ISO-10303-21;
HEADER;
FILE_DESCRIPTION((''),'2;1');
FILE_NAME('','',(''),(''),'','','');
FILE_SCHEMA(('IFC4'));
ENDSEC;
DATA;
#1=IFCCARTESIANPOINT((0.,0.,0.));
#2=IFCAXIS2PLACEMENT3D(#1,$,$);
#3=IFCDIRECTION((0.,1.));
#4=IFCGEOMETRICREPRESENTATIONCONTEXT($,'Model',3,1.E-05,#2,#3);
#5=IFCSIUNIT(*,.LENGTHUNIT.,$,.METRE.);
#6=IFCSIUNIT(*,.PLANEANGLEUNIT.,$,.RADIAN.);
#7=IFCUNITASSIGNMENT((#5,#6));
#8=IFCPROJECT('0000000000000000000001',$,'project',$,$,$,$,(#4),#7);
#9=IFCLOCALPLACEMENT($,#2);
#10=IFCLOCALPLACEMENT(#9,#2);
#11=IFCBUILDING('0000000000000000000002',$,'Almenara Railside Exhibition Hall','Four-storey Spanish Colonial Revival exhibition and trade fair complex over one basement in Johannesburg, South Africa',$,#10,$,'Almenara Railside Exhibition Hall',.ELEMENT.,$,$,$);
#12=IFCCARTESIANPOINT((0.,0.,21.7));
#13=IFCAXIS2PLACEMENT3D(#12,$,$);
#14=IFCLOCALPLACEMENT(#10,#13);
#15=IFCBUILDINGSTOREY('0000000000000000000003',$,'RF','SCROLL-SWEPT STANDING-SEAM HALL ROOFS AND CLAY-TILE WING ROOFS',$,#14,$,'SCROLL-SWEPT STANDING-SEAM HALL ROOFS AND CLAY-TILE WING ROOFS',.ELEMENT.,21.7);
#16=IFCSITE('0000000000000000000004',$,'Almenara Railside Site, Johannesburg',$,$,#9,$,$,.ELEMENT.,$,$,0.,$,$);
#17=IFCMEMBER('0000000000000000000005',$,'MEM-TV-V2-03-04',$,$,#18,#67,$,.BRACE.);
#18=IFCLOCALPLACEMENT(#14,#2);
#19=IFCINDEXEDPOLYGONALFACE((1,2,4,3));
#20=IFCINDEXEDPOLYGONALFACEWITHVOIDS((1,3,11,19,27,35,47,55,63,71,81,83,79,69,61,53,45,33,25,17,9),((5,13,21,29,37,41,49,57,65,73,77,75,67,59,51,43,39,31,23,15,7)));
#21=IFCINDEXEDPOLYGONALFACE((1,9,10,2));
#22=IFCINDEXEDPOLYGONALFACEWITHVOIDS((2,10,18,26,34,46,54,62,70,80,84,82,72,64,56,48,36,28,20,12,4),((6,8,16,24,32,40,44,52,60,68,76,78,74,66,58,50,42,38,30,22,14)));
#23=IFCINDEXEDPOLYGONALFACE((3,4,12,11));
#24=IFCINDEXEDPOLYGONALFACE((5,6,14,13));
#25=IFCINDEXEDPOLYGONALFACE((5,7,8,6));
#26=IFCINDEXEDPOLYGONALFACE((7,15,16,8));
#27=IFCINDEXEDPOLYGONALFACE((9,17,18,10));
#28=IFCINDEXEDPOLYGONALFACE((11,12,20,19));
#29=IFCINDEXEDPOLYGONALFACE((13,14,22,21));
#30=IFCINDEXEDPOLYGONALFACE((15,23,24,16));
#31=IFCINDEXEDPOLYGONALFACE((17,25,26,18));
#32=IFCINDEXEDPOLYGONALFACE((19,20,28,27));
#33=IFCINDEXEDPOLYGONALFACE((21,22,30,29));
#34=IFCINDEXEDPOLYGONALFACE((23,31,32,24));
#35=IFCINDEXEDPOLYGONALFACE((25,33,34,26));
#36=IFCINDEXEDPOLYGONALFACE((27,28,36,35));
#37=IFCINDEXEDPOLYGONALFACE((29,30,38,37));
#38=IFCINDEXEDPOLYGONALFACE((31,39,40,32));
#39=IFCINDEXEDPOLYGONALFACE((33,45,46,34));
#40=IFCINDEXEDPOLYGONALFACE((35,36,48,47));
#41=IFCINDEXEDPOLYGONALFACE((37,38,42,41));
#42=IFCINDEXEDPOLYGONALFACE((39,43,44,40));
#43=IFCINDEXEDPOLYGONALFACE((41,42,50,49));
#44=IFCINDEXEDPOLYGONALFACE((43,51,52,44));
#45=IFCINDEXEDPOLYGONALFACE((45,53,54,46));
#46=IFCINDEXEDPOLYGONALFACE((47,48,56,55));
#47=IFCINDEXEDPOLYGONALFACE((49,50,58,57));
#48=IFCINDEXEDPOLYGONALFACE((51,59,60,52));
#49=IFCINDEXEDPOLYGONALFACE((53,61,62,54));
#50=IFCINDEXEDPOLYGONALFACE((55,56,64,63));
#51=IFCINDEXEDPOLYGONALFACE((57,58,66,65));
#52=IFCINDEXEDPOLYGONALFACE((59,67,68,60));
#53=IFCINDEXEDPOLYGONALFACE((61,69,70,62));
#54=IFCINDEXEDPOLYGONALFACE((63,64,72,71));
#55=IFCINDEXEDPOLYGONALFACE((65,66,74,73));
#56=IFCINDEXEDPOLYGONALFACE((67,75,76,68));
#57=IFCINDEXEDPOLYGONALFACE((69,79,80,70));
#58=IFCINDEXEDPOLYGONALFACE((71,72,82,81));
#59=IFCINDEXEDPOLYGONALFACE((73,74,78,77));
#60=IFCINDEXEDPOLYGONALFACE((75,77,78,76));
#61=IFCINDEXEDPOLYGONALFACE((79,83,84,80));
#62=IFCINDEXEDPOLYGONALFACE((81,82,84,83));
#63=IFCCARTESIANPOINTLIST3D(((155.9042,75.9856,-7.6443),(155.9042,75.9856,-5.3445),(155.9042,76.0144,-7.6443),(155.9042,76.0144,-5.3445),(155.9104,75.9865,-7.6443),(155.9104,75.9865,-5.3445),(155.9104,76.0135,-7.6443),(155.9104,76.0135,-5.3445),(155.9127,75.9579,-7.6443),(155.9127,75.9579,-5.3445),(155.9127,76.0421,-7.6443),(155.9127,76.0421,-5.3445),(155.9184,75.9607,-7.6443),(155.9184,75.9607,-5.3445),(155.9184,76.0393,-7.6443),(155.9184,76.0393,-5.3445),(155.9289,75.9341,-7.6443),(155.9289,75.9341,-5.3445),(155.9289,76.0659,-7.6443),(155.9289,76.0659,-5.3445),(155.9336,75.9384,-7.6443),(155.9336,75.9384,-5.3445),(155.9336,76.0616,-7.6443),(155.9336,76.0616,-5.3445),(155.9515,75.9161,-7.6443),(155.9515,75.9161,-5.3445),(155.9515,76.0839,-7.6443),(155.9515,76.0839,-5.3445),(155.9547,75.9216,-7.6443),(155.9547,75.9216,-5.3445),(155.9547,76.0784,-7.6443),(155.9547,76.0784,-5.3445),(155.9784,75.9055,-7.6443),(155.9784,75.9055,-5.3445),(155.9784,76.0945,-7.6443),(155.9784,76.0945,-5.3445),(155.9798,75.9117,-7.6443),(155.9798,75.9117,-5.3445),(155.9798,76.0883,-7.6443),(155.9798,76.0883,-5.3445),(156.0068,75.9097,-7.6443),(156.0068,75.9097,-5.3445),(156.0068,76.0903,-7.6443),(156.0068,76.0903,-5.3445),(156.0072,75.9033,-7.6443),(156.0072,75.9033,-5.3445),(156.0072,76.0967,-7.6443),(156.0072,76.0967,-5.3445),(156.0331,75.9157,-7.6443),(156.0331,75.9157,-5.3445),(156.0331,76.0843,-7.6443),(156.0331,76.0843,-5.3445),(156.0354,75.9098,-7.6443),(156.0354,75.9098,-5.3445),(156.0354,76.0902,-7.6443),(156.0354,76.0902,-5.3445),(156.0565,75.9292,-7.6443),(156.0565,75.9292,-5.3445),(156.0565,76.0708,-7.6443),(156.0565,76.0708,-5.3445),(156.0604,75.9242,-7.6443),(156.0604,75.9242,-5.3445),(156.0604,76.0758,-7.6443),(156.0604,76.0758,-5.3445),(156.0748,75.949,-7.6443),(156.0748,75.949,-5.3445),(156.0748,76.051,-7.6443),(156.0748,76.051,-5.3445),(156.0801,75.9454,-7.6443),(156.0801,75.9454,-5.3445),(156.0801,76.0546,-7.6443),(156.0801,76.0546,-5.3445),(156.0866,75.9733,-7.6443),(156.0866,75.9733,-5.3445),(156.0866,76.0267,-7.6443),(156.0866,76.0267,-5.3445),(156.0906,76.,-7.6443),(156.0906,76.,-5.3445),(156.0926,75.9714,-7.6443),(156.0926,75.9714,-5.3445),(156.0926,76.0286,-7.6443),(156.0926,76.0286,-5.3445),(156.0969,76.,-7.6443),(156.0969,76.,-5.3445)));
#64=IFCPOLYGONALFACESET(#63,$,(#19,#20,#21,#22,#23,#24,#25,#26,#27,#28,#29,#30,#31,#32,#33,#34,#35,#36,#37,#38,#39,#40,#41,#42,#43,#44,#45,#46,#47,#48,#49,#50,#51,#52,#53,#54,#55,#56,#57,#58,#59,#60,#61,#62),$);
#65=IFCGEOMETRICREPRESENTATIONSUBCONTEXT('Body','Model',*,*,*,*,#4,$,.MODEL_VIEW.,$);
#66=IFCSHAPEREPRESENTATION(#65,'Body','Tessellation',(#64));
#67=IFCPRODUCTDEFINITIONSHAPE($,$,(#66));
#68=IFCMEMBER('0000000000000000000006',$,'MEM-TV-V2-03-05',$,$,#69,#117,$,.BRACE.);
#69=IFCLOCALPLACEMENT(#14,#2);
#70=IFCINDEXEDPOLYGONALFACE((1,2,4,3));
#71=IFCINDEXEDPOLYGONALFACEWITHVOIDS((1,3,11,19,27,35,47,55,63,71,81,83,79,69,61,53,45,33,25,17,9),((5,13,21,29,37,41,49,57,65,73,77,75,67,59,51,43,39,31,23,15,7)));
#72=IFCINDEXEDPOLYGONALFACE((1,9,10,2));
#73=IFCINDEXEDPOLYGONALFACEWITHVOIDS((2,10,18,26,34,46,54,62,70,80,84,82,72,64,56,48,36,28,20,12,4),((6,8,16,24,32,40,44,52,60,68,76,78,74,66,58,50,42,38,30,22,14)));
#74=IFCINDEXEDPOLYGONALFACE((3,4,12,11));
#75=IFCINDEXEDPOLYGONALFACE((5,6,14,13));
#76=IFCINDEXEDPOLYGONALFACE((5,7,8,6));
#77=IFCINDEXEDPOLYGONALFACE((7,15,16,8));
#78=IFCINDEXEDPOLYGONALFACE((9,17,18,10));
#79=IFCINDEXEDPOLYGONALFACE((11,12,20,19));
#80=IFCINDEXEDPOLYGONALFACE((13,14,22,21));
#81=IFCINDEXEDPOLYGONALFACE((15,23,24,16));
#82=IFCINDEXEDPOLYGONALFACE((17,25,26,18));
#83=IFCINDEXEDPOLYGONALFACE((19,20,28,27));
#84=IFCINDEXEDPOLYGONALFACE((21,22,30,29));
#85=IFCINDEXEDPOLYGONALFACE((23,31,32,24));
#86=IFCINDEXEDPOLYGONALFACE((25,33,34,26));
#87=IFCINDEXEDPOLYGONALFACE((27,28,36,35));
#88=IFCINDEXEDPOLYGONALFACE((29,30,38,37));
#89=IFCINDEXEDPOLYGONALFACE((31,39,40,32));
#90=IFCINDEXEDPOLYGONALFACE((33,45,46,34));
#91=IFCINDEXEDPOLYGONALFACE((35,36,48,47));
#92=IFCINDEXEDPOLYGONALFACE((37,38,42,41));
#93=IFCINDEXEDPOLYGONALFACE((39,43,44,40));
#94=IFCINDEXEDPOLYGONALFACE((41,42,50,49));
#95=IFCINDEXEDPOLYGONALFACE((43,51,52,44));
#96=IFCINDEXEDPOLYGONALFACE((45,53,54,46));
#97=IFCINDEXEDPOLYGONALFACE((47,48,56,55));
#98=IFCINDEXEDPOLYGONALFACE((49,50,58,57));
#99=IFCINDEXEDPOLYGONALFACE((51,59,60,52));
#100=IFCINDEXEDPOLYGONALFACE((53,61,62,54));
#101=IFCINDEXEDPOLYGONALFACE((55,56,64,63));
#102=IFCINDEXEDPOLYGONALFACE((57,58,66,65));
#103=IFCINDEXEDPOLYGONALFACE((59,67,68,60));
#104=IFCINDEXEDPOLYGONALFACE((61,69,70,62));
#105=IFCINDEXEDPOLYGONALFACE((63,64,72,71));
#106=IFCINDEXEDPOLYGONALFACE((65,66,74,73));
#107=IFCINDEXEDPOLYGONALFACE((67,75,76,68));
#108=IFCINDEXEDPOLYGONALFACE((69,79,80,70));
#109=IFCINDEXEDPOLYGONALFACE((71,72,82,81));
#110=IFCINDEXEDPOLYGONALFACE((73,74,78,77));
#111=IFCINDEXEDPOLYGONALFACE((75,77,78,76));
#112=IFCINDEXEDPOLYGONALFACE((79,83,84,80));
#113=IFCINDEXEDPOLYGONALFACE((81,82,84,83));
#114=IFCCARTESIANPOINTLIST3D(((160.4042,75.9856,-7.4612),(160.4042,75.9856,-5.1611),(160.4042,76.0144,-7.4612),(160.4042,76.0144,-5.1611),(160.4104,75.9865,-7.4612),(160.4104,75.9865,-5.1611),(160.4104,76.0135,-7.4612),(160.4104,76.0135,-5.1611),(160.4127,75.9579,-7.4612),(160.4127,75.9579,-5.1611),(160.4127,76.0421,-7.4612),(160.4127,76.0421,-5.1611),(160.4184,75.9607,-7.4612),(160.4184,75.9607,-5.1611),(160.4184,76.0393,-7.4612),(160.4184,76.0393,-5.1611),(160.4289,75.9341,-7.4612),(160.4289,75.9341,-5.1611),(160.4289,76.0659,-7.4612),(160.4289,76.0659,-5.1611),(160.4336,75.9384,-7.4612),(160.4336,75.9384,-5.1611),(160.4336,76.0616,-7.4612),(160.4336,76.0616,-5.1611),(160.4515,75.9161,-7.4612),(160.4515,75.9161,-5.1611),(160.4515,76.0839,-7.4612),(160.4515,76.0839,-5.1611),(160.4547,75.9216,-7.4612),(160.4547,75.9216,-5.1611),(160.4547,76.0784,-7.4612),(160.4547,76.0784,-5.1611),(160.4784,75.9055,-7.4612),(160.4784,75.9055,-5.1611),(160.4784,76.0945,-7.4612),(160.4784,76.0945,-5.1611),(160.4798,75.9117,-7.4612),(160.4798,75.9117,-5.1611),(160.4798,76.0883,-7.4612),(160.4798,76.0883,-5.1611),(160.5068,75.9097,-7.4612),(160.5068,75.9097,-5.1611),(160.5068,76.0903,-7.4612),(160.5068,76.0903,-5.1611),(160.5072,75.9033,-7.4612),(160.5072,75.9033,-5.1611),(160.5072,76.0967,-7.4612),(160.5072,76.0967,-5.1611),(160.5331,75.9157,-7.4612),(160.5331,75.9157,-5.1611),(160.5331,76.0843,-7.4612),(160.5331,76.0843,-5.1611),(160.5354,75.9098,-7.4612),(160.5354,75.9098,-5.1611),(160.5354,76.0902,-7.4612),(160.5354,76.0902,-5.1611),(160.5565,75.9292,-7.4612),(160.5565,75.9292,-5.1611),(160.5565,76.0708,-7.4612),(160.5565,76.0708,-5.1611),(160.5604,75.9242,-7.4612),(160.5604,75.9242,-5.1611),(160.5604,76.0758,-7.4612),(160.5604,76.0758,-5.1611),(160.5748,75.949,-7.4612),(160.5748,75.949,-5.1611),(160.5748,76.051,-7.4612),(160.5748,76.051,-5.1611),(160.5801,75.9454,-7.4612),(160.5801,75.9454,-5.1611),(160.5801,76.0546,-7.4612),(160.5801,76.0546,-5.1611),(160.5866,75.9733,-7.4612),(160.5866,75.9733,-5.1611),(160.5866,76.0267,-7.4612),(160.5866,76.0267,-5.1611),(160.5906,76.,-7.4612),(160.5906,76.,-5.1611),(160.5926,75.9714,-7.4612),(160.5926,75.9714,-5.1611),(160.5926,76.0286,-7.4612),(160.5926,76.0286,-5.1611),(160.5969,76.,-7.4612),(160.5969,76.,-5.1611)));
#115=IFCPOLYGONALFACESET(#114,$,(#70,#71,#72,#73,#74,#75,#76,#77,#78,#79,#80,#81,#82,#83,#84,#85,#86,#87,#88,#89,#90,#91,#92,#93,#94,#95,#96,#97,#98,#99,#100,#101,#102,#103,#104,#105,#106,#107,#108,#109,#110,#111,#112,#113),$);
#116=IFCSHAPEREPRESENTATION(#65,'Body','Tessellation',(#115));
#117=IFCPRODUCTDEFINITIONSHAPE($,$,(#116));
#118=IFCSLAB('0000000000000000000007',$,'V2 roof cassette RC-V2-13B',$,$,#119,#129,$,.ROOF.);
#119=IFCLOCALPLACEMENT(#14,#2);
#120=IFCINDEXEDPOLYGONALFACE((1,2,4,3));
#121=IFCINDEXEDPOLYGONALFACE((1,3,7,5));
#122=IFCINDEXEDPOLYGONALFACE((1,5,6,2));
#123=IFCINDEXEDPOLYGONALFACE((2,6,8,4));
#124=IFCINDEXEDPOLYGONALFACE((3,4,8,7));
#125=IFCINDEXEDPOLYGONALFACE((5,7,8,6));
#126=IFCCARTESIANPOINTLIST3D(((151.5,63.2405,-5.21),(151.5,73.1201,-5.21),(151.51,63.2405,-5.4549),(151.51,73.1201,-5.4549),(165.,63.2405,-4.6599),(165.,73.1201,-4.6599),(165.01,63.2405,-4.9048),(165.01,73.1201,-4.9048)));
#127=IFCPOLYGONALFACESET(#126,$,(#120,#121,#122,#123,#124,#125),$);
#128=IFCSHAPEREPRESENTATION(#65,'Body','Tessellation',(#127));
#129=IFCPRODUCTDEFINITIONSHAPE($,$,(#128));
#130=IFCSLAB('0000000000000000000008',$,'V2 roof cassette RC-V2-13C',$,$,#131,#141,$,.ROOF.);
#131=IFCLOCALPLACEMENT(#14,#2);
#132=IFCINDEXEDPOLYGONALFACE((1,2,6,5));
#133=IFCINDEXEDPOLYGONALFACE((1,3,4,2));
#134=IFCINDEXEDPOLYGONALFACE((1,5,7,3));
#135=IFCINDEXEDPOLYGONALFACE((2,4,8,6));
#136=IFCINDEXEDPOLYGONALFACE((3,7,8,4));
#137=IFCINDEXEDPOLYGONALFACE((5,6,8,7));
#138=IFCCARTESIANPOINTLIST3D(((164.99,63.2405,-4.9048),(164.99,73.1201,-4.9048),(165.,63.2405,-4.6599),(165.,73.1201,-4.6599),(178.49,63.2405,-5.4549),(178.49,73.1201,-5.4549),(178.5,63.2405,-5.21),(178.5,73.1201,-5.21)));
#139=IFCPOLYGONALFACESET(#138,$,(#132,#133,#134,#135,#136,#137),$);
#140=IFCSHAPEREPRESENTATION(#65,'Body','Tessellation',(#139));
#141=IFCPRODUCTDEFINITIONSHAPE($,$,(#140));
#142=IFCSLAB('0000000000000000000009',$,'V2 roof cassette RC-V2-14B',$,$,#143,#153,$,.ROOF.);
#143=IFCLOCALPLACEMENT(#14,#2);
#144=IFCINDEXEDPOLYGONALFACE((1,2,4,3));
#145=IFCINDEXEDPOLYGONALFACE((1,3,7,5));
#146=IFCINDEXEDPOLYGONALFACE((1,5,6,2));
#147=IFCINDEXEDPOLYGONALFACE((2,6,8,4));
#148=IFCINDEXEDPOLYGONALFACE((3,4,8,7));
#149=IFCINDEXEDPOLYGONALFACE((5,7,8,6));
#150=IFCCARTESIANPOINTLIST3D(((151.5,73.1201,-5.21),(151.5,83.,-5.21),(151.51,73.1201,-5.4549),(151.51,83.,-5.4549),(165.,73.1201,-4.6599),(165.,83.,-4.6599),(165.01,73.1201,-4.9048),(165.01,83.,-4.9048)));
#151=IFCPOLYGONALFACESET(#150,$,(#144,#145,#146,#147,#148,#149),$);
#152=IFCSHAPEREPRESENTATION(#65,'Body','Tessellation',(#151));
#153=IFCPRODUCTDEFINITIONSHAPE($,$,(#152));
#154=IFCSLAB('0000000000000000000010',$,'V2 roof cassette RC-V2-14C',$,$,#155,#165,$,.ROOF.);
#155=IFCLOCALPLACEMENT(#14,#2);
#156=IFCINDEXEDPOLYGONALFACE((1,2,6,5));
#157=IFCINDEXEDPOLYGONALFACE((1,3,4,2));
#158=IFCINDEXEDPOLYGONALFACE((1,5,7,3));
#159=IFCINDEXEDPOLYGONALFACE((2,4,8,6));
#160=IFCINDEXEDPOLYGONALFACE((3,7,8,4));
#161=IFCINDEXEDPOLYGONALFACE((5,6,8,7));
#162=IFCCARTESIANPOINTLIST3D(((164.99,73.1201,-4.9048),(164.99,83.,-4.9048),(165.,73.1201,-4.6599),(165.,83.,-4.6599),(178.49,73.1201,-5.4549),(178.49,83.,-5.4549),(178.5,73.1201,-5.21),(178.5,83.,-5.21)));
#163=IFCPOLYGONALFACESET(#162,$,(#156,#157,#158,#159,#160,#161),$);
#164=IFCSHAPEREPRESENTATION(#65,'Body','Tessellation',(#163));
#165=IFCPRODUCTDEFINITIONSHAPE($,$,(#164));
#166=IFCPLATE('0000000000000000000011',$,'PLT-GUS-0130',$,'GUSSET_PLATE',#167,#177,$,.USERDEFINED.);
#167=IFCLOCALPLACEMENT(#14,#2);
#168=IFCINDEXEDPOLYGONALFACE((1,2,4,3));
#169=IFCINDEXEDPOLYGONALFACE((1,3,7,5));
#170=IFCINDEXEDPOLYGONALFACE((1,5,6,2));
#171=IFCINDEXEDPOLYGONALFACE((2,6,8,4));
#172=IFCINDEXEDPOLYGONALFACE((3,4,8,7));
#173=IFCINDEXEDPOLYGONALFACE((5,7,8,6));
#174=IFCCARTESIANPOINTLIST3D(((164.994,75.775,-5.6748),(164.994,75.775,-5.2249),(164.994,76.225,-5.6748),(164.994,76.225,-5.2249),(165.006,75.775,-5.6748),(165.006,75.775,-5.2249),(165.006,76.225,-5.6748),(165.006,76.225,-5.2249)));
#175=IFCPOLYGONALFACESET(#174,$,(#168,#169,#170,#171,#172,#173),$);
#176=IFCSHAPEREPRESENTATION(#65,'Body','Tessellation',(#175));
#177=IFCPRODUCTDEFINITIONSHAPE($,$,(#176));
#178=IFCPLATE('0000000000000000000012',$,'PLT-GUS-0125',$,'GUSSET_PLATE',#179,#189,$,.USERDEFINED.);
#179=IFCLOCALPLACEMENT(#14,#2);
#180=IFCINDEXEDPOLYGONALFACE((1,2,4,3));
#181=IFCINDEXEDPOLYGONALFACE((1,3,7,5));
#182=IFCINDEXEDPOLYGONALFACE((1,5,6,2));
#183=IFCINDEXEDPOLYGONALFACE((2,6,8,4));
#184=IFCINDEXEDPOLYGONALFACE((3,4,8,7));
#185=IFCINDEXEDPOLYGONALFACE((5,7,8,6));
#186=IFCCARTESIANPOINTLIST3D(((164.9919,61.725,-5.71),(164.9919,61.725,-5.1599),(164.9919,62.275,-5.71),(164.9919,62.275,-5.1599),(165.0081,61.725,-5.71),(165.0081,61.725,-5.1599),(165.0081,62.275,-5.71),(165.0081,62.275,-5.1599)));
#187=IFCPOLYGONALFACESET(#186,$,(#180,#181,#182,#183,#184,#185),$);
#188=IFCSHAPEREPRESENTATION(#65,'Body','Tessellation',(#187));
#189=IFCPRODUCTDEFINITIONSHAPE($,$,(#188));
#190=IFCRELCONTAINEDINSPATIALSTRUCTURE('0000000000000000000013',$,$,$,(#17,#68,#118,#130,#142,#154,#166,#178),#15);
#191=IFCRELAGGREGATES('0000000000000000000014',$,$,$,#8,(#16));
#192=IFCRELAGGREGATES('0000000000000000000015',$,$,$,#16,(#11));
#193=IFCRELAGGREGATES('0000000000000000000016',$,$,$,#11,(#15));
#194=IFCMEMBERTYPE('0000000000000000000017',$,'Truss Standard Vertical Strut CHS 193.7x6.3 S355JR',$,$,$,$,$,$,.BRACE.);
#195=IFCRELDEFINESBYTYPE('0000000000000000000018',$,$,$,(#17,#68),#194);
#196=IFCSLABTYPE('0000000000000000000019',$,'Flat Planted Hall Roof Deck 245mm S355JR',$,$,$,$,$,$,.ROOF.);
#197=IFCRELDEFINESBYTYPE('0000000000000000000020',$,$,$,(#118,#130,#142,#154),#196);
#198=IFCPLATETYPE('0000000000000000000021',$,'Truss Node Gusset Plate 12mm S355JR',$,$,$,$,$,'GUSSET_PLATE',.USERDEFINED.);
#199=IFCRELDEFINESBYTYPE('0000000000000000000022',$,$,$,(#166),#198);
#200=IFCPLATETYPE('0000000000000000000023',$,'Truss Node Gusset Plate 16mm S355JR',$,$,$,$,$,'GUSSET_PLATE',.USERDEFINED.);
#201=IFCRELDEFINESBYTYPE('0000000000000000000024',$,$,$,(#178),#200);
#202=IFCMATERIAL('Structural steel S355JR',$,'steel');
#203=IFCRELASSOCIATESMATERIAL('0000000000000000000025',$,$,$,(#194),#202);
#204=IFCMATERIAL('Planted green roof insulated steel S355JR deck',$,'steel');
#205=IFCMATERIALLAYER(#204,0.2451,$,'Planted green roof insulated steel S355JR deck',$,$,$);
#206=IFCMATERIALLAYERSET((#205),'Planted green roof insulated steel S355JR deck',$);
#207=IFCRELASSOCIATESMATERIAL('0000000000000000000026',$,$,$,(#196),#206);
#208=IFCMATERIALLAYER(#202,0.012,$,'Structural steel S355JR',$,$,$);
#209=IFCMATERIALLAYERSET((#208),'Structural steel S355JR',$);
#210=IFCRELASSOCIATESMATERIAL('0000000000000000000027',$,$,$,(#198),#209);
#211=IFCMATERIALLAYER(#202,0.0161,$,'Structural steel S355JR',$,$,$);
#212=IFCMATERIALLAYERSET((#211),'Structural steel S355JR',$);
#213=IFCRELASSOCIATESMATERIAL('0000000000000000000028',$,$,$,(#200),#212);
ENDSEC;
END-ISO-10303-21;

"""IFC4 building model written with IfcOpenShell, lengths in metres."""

from ifc_helpers import new_model, si_unit, direction, frame, origin, origin_2d, place, context, subcontext, project, spatial, polyline, rectangle, hollow_circle, outline, extrude, material, layer, layer_set, material_profile, profile_set, type_object, element, save


model = new_model("IFC4")

# Units and contexts
model_context = context("Model", 3, precision=1e-05, world=origin(), true_north=direction((0.0, 1.0)))
body_context = subcontext(model_context, "Body", "Model", "MODEL_VIEW")
ifc_project = project(units=[si_unit("LENGTHUNIT", "METRE"), si_unit("PLANEANGLEUNIT", "RADIAN")], contexts=[model_context])

# Site, building, storey
site_placement = place(None, origin())
site = spatial("IfcSite", under=ifc_project, at=site_placement, Name="Almenara Railside Site, Johannesburg", CompositionType="ELEMENT", RefElevation=0.0)
building_placement = place(site_placement, origin())
building = spatial("IfcBuilding", under=site, at=building_placement, Name="Almenara Railside Exhibition Hall", Description="Four-storey Spanish Colonial Revival exhibition and trade fair complex over one basement in Johannesburg, South Africa", LongName="Almenara Railside Exhibition Hall", CompositionType="ELEMENT")
storey_placement = place(building_placement, frame((0.0, 0.0, 21.7)))
storey = spatial("IfcBuildingStorey", under=building, at=storey_placement, Name="RF", Description="SCROLL-SWEPT STANDING-SEAM HALL ROOFS AND CLAY-TILE WING ROOFS", LongName="SCROLL-SWEPT STANDING-SEAM HALL ROOFS AND CLAY-TILE WING ROOFS", CompositionType="ELEMENT", Elevation=21.7)

# Members
ifc_material_1 = material(Name="Structural steel S355JR", Category="steel")
ifc_material_profile_1 = material_profile(ifc_material_1, hollow_circle(Radius=0.0969, WallThickness=0.0063, at=origin_2d()), Name="CHS 193.7x6.3")
ifc_profile_set_1 = profile_set([ifc_material_profile_1], Name="Structural steel S355JR")
member_type_1 = type_object("IfcMemberType", Name="Truss Standard Vertical Strut CHS 193.7x6.3 S355JR", PredefinedType="BRACE", material=ifc_profile_set_1)
member_1_placement = place(storey_placement, frame((156.0, 76.0, -7.6443), z_axis=(0.0, 0.0, 1.0), x_axis=(1.0, 0.0, 0.0)))
element("IfcMember", 1, at=member_1_placement, inside=storey, type_object=member_type_1, Name="MEM-TV-V2-03-04", PredefinedType="BRACE", context=body_context, shape_type="SweptSolid", body=[
    extrude(hollow_circle(Radius=0.0969, WallThickness=0.0063, at=origin_2d()), origin(), (0.0, 0.0, 1.0), 2.2998),
])
member_2_placement = place(storey_placement, frame((160.5, 76.0, -7.4612), z_axis=(0.0, 0.0, 1.0), x_axis=(1.0, 0.0, 0.0)))
element("IfcMember", 2, at=member_2_placement, inside=storey, type_object=member_type_1, Name="MEM-TV-V2-03-05", PredefinedType="BRACE", context=body_context, shape_type="SweptSolid", body=[
    extrude(hollow_circle(Radius=0.0969, WallThickness=0.0063, at=origin_2d()), origin(), (0.0, 0.0, 1.0), 2.3),
])

# Slabs
ifc_material_2 = material(Name="Planted green roof insulated steel S355JR deck", Category="steel")
ifc_layer_1 = layer(ifc_material_2, 0.2451, Name="Planted green roof insulated steel S355JR deck")
ifc_layer_set_1 = layer_set([ifc_layer_1], Name="Planted green roof insulated steel S355JR deck")
slab_type = type_object("IfcSlabType", Name="Flat Planted Hall Roof Deck 245mm S355JR", PredefinedType="ROOF", material=ifc_layer_set_1)
for number, where, z_axis, x_axis, name in (
    (3, (151.5, 63.2405, -5.21), (-0.040711, 0.0, 0.999171), (0.999171, 0.0, 0.040711), "V2 roof cassette RC-V2-13B"),
    (4, (165.0, 63.2405, -4.6599), (0.040711, 0.0, 0.999171), (0.999171, 0.0, -0.040711), "V2 roof cassette RC-V2-13C"),
):
    element("IfcSlab", number, at=place(storey_placement, frame(where, z_axis=z_axis, x_axis=x_axis)), inside=storey, type_object=slab_type, Name=name, PredefinedType="ROOF", context=body_context, shape_type="SweptSolid", body=[
        extrude(outline(polyline([(0.0, 0.0), (13.5112, 0.0), (13.5112, 9.8796), (0.0, 9.8796), (0.0, 0.0)])), origin(), (0.0, 0.0, -1.0), 0.2451),
    ])
for number, where, z_axis, x_axis, name in (
    (5, (151.5, 73.1201, -5.21), (-0.040711, 0.0, 0.999171), (0.999171, 0.0, 0.040711), "V2 roof cassette RC-V2-14B"),
    (6, (165.0, 73.1201, -4.6599), (0.040711, 0.0, 0.999171), (0.999171, 0.0, -0.040711), "V2 roof cassette RC-V2-14C"),
):
    element("IfcSlab", number, at=place(storey_placement, frame(where, z_axis=z_axis, x_axis=x_axis)), inside=storey, type_object=slab_type, Name=name, PredefinedType="ROOF", context=body_context, shape_type="SweptSolid", body=[
        extrude(outline(polyline([(0.0, 0.0), (13.5112, 0.0), (13.5112, 9.8799), (0.0, 9.8799), (0.0, 0.0)])), origin(), (0.0, 0.0, -1.0), 0.2451),
    ])

# Plates
ifc_layer_2 = layer(ifc_material_1, 0.012, Name="Structural steel S355JR")
ifc_layer_set_2 = layer_set([ifc_layer_2], Name="Structural steel S355JR")
plate_type_1 = type_object("IfcPlateType", Name="Truss Node Gusset Plate 12mm S355JR", ElementType="GUSSET_PLATE", PredefinedType="USERDEFINED", material=ifc_layer_set_2)
plate_1_placement = place(storey_placement, frame((165.0, 76.0, -5.6748), z_axis=(0.0, 0.0, 1.0), x_axis=(0.0, 1.0, 0.0)))
element("IfcPlate", 7, at=plate_1_placement, inside=storey, type_object=plate_type_1, Name="PLT-GUS-0130", ObjectType="GUSSET_PLATE", PredefinedType="USERDEFINED", context=body_context, shape_type="SweptSolid", body=[
    extrude(rectangle(XDim=0.45, YDim=0.012, at=origin_2d()), origin(), (0.0, 0.0, 1.0), 0.45),
])
ifc_layer_3 = layer(ifc_material_1, 0.0161, Name="Structural steel S355JR")
ifc_layer_set_3 = layer_set([ifc_layer_3], Name="Structural steel S355JR")
plate_type_2 = type_object("IfcPlateType", Name="Truss Node Gusset Plate 16mm S355JR", ElementType="GUSSET_PLATE", PredefinedType="USERDEFINED", material=ifc_layer_set_3)
plate_2_placement = place(storey_placement, frame((165.0, 62.0, -5.71), z_axis=(0.0, 0.0, 1.0), x_axis=(0.0, 1.0, 0.0)))
element("IfcPlate", 8, at=plate_2_placement, inside=storey, type_object=plate_type_2, Name="PLT-GUS-0125", ObjectType="GUSSET_PLATE", PredefinedType="USERDEFINED", context=body_context, shape_type="SweptSolid", body=[
    extrude(rectangle(XDim=0.55, YDim=0.0161, at=origin_2d()), origin(), (0.0, 0.0, 1.0), 0.55),
])

save(model, "model.ifc")
